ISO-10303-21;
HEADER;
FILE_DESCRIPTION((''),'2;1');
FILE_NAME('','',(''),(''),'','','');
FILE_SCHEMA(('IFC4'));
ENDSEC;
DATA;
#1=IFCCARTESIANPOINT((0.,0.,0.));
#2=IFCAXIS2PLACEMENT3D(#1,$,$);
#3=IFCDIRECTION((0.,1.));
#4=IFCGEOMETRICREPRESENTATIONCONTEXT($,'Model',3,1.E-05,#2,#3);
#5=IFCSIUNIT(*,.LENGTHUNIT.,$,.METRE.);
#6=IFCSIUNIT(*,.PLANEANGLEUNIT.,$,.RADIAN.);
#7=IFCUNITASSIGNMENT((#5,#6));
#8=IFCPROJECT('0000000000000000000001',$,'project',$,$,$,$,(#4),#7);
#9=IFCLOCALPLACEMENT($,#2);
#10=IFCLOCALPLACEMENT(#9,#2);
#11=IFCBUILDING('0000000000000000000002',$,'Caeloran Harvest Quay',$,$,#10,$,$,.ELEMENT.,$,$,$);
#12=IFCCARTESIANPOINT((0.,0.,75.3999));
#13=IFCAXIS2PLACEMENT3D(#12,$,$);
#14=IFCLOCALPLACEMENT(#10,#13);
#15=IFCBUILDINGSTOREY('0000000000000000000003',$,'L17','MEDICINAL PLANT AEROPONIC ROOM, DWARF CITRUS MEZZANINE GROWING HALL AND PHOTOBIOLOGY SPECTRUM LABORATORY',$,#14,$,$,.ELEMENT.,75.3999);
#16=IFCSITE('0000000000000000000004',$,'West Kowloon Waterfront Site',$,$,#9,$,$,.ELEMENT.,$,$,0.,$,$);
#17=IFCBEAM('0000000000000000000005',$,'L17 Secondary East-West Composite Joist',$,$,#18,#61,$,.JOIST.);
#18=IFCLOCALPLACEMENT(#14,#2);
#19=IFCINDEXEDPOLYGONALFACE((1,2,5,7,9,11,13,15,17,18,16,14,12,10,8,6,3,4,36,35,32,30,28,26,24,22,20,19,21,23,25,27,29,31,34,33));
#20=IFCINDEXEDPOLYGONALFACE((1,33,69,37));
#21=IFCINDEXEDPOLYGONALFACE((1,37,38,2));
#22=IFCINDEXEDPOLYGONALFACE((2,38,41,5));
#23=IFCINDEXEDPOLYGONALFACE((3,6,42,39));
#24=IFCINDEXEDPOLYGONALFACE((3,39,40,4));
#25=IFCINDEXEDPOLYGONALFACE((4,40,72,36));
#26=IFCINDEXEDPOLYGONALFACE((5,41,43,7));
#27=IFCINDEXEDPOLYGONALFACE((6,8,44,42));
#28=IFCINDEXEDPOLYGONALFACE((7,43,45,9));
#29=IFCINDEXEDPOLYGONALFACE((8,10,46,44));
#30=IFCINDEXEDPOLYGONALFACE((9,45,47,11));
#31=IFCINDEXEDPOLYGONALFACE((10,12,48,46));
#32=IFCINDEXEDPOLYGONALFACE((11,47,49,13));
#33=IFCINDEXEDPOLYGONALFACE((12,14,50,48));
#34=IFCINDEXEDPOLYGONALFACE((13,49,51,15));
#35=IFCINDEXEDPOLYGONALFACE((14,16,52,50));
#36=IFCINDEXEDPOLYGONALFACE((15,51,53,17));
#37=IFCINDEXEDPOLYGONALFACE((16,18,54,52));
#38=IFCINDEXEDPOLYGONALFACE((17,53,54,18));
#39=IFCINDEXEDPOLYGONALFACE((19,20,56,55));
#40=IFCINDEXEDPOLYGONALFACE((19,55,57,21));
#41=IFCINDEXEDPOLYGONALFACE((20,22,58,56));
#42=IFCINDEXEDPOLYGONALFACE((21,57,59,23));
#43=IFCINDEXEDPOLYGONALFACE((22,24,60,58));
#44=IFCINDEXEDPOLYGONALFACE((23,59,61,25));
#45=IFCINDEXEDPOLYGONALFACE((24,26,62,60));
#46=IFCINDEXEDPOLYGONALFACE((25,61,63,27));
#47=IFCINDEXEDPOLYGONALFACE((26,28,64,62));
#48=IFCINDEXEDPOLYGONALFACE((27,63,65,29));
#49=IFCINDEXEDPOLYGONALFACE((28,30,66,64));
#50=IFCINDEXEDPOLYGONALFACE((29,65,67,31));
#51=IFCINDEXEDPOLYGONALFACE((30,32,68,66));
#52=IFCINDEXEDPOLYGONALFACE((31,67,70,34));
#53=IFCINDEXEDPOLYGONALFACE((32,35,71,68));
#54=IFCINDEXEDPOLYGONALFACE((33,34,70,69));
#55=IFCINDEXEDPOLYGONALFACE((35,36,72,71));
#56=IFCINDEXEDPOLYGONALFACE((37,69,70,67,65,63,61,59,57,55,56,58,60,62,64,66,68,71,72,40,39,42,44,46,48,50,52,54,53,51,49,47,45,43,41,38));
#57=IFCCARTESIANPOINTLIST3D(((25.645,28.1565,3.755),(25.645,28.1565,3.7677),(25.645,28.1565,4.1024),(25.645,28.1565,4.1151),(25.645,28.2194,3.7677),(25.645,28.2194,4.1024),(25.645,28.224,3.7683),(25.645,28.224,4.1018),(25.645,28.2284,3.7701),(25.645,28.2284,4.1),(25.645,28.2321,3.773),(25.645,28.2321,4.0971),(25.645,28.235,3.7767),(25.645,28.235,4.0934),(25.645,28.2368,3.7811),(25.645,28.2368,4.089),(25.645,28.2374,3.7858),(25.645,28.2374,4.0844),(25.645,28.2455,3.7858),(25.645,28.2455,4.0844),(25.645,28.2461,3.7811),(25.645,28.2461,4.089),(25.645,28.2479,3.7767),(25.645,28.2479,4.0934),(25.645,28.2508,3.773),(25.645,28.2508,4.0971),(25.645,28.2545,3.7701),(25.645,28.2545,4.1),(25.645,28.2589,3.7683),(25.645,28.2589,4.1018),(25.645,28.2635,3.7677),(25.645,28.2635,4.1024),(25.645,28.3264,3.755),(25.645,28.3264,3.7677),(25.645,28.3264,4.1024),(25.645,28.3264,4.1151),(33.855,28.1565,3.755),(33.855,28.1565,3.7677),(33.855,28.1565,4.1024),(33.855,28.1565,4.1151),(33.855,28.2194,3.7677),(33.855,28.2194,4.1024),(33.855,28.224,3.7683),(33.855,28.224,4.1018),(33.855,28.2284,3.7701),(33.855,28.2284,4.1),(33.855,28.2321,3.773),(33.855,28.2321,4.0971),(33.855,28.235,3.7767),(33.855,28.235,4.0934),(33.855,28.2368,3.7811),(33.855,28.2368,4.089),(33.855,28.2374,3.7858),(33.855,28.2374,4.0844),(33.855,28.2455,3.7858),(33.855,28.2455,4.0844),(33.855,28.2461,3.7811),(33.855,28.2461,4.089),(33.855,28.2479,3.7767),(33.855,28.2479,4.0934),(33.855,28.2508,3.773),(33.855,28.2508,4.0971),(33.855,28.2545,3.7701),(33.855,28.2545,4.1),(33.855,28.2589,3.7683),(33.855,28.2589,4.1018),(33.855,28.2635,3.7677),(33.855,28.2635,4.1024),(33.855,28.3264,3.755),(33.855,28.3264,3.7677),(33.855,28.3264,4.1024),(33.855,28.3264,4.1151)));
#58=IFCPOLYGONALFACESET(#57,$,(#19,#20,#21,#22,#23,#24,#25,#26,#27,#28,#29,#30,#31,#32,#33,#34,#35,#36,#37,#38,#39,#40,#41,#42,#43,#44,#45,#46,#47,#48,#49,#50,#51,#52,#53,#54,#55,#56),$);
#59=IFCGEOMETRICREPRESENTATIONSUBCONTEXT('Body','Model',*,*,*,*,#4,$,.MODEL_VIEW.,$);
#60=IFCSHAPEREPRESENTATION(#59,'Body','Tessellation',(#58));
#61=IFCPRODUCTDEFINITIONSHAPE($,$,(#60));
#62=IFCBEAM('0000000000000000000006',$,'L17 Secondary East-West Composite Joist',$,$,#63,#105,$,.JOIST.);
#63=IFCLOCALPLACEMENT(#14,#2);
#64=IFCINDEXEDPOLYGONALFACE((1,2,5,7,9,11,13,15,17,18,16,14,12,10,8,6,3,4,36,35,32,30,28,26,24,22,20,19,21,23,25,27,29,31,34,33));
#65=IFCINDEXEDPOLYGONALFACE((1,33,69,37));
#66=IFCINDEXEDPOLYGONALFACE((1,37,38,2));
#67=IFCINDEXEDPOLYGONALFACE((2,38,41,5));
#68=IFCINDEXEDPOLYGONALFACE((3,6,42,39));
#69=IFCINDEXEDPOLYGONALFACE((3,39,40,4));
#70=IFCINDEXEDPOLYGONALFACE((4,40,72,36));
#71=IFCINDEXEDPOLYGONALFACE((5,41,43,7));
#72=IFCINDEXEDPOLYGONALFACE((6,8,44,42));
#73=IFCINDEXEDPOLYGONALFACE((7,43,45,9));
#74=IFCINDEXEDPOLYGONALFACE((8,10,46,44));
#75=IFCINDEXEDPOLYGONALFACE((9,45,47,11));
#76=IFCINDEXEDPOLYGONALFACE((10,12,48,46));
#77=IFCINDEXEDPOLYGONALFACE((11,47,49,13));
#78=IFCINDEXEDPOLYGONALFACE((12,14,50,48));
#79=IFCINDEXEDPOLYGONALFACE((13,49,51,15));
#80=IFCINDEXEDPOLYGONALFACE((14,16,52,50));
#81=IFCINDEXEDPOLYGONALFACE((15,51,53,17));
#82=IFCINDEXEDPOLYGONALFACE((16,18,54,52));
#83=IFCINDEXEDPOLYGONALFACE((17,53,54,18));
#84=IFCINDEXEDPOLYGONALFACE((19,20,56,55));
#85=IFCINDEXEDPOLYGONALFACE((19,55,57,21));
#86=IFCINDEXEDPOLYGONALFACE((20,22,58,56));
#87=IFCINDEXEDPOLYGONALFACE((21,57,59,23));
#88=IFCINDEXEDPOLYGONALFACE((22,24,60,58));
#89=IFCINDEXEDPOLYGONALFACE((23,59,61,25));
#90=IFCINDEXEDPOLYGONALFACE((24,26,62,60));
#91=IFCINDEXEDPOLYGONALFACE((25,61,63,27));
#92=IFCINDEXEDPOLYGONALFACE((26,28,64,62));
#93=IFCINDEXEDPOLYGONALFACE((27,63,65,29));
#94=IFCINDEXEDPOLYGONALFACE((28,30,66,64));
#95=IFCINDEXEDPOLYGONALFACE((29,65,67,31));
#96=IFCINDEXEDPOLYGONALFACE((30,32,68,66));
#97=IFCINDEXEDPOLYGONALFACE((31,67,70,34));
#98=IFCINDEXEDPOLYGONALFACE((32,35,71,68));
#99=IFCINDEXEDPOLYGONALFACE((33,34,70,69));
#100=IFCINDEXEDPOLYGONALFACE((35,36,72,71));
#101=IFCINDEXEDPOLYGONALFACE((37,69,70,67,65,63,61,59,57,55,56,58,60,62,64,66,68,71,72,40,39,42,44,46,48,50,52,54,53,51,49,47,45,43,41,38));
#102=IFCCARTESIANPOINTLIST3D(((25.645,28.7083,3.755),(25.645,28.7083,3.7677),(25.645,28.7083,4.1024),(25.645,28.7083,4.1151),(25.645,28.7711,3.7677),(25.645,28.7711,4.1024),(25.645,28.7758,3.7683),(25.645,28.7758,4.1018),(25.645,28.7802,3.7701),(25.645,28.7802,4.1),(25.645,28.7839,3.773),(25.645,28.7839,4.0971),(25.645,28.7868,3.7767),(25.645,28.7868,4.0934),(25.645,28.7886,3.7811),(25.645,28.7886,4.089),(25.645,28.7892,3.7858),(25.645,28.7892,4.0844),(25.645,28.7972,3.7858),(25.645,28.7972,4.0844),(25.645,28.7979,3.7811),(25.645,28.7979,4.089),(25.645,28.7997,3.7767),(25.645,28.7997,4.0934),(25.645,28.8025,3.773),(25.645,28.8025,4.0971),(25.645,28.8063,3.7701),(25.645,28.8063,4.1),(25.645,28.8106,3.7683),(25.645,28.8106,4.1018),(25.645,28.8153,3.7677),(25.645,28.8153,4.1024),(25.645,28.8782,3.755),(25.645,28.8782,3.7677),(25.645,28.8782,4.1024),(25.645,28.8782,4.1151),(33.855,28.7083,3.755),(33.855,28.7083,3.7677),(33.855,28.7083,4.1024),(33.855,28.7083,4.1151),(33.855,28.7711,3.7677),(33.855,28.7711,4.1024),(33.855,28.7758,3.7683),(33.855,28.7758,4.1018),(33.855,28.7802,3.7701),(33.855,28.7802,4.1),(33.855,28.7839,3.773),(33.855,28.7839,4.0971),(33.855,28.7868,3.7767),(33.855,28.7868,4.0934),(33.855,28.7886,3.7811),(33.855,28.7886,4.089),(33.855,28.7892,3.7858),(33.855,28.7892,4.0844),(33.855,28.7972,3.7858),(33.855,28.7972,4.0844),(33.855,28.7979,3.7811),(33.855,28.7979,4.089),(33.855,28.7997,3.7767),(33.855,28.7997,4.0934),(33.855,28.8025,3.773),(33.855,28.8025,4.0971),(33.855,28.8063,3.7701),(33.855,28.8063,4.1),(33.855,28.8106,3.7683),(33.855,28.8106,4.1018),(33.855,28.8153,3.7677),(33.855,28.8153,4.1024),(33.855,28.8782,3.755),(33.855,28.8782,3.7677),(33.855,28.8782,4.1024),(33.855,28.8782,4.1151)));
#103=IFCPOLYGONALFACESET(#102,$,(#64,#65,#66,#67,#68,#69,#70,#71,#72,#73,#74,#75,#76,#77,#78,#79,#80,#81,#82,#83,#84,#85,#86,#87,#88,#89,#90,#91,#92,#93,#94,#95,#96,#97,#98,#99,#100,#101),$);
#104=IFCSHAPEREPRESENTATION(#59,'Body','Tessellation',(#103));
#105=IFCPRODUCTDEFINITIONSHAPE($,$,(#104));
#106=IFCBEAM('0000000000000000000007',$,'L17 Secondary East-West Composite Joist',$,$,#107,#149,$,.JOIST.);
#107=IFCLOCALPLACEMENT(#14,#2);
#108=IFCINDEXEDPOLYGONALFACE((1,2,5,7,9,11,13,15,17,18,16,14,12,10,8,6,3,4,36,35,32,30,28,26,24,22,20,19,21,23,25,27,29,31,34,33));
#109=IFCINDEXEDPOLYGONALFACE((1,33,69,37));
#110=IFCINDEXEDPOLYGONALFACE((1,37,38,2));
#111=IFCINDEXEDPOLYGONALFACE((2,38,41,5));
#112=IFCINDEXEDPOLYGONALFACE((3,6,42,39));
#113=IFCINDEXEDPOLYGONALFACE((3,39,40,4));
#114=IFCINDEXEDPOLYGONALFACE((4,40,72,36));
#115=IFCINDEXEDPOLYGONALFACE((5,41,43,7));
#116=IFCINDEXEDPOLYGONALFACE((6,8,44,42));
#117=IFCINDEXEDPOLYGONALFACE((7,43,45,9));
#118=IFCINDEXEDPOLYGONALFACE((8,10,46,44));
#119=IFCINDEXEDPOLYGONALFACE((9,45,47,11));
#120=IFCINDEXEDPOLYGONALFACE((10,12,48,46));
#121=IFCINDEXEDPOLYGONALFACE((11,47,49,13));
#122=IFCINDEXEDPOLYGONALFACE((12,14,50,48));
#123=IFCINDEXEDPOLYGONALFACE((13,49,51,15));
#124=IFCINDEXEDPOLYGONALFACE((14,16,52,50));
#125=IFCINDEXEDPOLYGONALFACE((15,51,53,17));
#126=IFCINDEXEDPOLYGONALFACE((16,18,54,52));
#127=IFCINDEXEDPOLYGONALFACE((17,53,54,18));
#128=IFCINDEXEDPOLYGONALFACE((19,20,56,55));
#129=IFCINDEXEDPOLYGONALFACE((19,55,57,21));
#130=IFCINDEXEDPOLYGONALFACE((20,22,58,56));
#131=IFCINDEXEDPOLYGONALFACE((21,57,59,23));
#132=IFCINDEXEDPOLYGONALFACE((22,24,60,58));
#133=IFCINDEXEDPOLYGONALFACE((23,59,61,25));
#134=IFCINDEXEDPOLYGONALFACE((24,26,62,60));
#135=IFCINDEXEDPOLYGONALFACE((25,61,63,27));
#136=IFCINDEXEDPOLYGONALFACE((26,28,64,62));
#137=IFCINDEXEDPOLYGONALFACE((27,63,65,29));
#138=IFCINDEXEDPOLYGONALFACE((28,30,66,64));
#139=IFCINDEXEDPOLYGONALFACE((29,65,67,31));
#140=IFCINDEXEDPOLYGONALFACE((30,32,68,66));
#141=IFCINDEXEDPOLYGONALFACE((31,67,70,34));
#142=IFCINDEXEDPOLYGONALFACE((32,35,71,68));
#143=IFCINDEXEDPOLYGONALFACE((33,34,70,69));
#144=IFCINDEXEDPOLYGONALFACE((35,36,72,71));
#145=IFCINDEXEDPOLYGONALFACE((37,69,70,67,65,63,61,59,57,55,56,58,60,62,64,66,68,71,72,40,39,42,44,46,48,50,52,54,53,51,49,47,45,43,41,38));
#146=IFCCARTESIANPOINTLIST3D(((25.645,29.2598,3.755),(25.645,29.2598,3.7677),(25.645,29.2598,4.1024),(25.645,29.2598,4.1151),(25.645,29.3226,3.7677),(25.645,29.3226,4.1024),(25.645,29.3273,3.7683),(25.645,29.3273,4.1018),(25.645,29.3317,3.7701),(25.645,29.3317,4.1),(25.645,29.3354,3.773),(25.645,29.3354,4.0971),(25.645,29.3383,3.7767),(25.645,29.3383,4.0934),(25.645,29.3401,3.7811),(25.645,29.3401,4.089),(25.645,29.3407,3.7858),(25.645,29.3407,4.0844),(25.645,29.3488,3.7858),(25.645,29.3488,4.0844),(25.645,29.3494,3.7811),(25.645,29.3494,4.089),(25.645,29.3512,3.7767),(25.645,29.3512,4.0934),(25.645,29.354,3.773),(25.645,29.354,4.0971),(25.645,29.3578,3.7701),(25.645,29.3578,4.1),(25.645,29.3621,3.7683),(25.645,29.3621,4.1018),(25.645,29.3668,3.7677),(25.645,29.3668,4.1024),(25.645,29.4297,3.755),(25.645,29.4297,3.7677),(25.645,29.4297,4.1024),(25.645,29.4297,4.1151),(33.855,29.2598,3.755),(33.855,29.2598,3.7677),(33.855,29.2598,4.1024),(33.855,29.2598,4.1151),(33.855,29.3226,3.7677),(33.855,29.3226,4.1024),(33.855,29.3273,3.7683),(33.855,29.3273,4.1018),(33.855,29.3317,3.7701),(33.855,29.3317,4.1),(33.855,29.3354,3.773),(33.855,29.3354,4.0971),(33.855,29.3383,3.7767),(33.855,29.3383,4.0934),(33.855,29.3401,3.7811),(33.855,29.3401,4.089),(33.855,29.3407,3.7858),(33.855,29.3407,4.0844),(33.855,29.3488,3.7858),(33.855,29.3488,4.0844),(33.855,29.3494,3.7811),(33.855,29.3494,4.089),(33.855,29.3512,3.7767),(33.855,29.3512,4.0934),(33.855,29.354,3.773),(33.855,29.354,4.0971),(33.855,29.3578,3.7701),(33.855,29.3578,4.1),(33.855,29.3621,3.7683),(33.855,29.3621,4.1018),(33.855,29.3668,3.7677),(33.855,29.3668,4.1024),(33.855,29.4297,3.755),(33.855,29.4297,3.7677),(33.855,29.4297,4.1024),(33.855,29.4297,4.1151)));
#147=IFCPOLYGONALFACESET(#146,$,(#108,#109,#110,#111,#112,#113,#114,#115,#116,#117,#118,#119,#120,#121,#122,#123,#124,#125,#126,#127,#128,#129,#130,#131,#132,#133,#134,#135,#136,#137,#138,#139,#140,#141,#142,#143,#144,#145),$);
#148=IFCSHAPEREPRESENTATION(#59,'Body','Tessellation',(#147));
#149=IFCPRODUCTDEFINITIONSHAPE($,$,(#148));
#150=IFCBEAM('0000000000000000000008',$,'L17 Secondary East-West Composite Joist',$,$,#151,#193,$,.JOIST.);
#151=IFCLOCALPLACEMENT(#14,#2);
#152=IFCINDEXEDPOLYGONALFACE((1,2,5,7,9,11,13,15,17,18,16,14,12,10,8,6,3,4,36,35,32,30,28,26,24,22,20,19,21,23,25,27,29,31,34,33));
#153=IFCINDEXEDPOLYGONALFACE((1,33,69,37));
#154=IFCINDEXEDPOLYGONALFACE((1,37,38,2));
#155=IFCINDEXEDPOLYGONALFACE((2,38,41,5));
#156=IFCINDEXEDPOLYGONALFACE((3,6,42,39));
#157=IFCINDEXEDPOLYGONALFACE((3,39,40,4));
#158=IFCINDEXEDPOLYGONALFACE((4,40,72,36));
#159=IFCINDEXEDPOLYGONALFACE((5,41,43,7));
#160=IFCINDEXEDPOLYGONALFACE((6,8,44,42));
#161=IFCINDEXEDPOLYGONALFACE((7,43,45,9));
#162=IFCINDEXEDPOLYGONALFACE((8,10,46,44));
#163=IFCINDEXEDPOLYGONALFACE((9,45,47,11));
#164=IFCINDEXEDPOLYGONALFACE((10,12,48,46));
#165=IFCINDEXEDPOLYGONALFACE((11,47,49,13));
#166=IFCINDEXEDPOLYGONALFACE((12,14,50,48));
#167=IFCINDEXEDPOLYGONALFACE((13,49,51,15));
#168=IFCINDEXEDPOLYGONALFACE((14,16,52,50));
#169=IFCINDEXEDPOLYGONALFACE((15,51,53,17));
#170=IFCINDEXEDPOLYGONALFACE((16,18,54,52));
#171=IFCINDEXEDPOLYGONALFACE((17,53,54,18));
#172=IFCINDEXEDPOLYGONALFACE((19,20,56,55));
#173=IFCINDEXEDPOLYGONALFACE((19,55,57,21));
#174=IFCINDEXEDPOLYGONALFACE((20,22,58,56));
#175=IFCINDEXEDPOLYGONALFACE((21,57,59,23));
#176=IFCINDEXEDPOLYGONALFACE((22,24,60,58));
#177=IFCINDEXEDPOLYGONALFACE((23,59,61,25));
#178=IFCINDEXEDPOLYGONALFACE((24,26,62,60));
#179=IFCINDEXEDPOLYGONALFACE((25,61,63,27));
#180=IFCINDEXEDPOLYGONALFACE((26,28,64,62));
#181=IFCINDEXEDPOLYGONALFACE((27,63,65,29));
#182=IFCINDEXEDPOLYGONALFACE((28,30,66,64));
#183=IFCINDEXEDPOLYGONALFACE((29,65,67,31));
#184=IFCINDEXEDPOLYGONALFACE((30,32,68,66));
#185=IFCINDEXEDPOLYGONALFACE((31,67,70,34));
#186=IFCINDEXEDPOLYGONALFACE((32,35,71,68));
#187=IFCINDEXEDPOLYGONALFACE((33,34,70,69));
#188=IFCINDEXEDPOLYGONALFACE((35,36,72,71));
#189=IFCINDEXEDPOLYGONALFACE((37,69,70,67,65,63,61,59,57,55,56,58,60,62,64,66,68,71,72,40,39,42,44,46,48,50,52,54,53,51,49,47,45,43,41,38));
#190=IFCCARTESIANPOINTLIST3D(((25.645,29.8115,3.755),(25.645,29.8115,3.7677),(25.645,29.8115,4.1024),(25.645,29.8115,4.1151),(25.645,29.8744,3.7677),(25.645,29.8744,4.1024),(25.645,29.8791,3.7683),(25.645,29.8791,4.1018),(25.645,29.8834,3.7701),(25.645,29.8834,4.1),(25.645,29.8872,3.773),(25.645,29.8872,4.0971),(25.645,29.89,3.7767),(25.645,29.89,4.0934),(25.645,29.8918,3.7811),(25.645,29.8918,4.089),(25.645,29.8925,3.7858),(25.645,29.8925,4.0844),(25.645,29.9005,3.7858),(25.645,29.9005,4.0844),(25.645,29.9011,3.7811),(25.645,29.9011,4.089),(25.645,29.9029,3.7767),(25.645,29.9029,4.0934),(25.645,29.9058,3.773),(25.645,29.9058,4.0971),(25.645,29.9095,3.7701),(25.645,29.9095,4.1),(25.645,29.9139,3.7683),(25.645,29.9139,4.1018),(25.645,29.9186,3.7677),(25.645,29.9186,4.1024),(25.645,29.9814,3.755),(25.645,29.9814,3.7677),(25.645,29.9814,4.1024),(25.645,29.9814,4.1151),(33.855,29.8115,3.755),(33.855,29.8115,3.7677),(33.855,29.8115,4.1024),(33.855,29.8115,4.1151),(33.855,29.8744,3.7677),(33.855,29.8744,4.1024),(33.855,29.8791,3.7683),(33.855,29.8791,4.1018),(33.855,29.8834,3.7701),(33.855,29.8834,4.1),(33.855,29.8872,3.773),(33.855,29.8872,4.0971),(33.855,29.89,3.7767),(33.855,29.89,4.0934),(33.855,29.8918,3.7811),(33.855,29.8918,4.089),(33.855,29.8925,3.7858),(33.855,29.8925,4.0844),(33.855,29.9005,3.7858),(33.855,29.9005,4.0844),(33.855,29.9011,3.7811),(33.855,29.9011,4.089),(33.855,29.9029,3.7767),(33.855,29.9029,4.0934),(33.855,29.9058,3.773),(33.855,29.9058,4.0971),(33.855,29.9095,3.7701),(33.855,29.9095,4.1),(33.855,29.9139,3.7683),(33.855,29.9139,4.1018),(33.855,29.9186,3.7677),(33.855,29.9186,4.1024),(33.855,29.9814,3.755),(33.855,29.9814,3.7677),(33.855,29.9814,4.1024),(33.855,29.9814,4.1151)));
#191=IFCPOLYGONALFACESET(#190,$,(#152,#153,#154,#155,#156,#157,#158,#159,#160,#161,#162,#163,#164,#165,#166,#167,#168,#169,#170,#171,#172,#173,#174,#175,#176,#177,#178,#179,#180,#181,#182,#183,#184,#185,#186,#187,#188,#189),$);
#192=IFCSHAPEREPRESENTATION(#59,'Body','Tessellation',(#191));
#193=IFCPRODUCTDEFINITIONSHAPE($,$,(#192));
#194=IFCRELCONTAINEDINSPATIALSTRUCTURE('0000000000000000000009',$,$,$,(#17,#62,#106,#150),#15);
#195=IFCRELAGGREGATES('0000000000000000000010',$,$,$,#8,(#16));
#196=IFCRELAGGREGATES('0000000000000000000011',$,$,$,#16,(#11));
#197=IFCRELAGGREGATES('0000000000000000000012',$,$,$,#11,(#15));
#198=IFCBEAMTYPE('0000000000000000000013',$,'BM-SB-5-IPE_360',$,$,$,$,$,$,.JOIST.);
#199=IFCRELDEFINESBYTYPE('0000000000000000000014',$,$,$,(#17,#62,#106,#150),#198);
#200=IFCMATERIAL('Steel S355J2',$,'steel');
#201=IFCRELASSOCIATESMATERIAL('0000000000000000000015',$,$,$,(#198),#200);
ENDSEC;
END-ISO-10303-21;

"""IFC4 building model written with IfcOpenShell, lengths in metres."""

from ifc_helpers import new_model, si_unit, direction, frame, origin, origin_2d, place, context, subcontext, project, spatial, i_section, extrude, material, material_profile, profile_set, type_object, element, save


model = new_model("IFC4")

# Units and contexts
model_context = context("Model", 3, precision=1e-05, world=origin(), true_north=direction((0.0, 1.0)))
body_context = subcontext(model_context, "Body", "Model", "MODEL_VIEW")
ifc_project = project(units=[si_unit("LENGTHUNIT", "METRE"), si_unit("PLANEANGLEUNIT", "RADIAN")], contexts=[model_context])

# Site, building, storey
site_placement = place(None, origin())
site = spatial("IfcSite", under=ifc_project, at=site_placement, Name="West Kowloon Waterfront Site", CompositionType="ELEMENT", RefElevation=0.0)
building_placement = place(site_placement, origin())
building = spatial("IfcBuilding", under=site, at=building_placement, Name="Caeloran Harvest Quay", CompositionType="ELEMENT")
storey_placement = place(building_placement, frame((0.0, 0.0, 75.3999)))
storey = spatial("IfcBuildingStorey", under=building, at=storey_placement, Name="L17", Description="MEDICINAL PLANT AEROPONIC ROOM, DWARF CITRUS MEZZANINE GROWING HALL AND PHOTOBIOLOGY SPECTRUM LABORATORY", CompositionType="ELEMENT", Elevation=75.3999)

# Beams
ifc_material_1 = material(Name="Steel S355J2", Category="steel")
ifc_material_profile_1 = material_profile(ifc_material_1, i_section(OverallWidth=0.1699, OverallDepth=0.3601, WebThickness=0.0081, FlangeThickness=0.0127, FilletRadius=0.0181, at=origin_2d()), Name="IPE 360")
ifc_profile_set_1 = profile_set([ifc_material_profile_1], Name="Steel S355J2")
beam_type_1 = type_object("IfcBeamType", Name="BM-SB-5-IPE_360", PredefinedType="JOIST", material=ifc_profile_set_1)
for number, where, z_axis, x_axis, name in (
    (1, (25.645, 28.2415, 3.9351), (1.0, 0.0, 0.0), (0.0, 1.0, 0.0), "L17 Secondary East-West Composite Joist"),
    (2, (25.645, 28.7932, 3.9351), (1.0, 0.0, 0.0), (0.0, 1.0, 0.0), "L17 Secondary East-West Composite Joist"),
    (3, (25.645, 29.3447, 3.9351), (1.0, 0.0, 0.0), (0.0, 1.0, 0.0), "L17 Secondary East-West Composite Joist"),
    (4, (25.645, 29.8965, 3.9351), (1.0, 0.0, 0.0), (0.0, 1.0, 0.0), "L17 Secondary East-West Composite Joist"),
):
    element("IfcBeam", number, at=place(storey_placement, frame(where, z_axis=z_axis, x_axis=x_axis)), inside=storey, type_object=beam_type_1, Name=name, PredefinedType="JOIST", context=body_context, shape_type="SweptSolid", body=[
        extrude(i_section(OverallWidth=0.1699, OverallDepth=0.3601, WebThickness=0.0081, FlangeThickness=0.0127, FilletRadius=0.0181, at=origin_2d()), origin(), (0.0, 0.0, 1.0), 8.21),
    ])

save(model, "model.ifc")
